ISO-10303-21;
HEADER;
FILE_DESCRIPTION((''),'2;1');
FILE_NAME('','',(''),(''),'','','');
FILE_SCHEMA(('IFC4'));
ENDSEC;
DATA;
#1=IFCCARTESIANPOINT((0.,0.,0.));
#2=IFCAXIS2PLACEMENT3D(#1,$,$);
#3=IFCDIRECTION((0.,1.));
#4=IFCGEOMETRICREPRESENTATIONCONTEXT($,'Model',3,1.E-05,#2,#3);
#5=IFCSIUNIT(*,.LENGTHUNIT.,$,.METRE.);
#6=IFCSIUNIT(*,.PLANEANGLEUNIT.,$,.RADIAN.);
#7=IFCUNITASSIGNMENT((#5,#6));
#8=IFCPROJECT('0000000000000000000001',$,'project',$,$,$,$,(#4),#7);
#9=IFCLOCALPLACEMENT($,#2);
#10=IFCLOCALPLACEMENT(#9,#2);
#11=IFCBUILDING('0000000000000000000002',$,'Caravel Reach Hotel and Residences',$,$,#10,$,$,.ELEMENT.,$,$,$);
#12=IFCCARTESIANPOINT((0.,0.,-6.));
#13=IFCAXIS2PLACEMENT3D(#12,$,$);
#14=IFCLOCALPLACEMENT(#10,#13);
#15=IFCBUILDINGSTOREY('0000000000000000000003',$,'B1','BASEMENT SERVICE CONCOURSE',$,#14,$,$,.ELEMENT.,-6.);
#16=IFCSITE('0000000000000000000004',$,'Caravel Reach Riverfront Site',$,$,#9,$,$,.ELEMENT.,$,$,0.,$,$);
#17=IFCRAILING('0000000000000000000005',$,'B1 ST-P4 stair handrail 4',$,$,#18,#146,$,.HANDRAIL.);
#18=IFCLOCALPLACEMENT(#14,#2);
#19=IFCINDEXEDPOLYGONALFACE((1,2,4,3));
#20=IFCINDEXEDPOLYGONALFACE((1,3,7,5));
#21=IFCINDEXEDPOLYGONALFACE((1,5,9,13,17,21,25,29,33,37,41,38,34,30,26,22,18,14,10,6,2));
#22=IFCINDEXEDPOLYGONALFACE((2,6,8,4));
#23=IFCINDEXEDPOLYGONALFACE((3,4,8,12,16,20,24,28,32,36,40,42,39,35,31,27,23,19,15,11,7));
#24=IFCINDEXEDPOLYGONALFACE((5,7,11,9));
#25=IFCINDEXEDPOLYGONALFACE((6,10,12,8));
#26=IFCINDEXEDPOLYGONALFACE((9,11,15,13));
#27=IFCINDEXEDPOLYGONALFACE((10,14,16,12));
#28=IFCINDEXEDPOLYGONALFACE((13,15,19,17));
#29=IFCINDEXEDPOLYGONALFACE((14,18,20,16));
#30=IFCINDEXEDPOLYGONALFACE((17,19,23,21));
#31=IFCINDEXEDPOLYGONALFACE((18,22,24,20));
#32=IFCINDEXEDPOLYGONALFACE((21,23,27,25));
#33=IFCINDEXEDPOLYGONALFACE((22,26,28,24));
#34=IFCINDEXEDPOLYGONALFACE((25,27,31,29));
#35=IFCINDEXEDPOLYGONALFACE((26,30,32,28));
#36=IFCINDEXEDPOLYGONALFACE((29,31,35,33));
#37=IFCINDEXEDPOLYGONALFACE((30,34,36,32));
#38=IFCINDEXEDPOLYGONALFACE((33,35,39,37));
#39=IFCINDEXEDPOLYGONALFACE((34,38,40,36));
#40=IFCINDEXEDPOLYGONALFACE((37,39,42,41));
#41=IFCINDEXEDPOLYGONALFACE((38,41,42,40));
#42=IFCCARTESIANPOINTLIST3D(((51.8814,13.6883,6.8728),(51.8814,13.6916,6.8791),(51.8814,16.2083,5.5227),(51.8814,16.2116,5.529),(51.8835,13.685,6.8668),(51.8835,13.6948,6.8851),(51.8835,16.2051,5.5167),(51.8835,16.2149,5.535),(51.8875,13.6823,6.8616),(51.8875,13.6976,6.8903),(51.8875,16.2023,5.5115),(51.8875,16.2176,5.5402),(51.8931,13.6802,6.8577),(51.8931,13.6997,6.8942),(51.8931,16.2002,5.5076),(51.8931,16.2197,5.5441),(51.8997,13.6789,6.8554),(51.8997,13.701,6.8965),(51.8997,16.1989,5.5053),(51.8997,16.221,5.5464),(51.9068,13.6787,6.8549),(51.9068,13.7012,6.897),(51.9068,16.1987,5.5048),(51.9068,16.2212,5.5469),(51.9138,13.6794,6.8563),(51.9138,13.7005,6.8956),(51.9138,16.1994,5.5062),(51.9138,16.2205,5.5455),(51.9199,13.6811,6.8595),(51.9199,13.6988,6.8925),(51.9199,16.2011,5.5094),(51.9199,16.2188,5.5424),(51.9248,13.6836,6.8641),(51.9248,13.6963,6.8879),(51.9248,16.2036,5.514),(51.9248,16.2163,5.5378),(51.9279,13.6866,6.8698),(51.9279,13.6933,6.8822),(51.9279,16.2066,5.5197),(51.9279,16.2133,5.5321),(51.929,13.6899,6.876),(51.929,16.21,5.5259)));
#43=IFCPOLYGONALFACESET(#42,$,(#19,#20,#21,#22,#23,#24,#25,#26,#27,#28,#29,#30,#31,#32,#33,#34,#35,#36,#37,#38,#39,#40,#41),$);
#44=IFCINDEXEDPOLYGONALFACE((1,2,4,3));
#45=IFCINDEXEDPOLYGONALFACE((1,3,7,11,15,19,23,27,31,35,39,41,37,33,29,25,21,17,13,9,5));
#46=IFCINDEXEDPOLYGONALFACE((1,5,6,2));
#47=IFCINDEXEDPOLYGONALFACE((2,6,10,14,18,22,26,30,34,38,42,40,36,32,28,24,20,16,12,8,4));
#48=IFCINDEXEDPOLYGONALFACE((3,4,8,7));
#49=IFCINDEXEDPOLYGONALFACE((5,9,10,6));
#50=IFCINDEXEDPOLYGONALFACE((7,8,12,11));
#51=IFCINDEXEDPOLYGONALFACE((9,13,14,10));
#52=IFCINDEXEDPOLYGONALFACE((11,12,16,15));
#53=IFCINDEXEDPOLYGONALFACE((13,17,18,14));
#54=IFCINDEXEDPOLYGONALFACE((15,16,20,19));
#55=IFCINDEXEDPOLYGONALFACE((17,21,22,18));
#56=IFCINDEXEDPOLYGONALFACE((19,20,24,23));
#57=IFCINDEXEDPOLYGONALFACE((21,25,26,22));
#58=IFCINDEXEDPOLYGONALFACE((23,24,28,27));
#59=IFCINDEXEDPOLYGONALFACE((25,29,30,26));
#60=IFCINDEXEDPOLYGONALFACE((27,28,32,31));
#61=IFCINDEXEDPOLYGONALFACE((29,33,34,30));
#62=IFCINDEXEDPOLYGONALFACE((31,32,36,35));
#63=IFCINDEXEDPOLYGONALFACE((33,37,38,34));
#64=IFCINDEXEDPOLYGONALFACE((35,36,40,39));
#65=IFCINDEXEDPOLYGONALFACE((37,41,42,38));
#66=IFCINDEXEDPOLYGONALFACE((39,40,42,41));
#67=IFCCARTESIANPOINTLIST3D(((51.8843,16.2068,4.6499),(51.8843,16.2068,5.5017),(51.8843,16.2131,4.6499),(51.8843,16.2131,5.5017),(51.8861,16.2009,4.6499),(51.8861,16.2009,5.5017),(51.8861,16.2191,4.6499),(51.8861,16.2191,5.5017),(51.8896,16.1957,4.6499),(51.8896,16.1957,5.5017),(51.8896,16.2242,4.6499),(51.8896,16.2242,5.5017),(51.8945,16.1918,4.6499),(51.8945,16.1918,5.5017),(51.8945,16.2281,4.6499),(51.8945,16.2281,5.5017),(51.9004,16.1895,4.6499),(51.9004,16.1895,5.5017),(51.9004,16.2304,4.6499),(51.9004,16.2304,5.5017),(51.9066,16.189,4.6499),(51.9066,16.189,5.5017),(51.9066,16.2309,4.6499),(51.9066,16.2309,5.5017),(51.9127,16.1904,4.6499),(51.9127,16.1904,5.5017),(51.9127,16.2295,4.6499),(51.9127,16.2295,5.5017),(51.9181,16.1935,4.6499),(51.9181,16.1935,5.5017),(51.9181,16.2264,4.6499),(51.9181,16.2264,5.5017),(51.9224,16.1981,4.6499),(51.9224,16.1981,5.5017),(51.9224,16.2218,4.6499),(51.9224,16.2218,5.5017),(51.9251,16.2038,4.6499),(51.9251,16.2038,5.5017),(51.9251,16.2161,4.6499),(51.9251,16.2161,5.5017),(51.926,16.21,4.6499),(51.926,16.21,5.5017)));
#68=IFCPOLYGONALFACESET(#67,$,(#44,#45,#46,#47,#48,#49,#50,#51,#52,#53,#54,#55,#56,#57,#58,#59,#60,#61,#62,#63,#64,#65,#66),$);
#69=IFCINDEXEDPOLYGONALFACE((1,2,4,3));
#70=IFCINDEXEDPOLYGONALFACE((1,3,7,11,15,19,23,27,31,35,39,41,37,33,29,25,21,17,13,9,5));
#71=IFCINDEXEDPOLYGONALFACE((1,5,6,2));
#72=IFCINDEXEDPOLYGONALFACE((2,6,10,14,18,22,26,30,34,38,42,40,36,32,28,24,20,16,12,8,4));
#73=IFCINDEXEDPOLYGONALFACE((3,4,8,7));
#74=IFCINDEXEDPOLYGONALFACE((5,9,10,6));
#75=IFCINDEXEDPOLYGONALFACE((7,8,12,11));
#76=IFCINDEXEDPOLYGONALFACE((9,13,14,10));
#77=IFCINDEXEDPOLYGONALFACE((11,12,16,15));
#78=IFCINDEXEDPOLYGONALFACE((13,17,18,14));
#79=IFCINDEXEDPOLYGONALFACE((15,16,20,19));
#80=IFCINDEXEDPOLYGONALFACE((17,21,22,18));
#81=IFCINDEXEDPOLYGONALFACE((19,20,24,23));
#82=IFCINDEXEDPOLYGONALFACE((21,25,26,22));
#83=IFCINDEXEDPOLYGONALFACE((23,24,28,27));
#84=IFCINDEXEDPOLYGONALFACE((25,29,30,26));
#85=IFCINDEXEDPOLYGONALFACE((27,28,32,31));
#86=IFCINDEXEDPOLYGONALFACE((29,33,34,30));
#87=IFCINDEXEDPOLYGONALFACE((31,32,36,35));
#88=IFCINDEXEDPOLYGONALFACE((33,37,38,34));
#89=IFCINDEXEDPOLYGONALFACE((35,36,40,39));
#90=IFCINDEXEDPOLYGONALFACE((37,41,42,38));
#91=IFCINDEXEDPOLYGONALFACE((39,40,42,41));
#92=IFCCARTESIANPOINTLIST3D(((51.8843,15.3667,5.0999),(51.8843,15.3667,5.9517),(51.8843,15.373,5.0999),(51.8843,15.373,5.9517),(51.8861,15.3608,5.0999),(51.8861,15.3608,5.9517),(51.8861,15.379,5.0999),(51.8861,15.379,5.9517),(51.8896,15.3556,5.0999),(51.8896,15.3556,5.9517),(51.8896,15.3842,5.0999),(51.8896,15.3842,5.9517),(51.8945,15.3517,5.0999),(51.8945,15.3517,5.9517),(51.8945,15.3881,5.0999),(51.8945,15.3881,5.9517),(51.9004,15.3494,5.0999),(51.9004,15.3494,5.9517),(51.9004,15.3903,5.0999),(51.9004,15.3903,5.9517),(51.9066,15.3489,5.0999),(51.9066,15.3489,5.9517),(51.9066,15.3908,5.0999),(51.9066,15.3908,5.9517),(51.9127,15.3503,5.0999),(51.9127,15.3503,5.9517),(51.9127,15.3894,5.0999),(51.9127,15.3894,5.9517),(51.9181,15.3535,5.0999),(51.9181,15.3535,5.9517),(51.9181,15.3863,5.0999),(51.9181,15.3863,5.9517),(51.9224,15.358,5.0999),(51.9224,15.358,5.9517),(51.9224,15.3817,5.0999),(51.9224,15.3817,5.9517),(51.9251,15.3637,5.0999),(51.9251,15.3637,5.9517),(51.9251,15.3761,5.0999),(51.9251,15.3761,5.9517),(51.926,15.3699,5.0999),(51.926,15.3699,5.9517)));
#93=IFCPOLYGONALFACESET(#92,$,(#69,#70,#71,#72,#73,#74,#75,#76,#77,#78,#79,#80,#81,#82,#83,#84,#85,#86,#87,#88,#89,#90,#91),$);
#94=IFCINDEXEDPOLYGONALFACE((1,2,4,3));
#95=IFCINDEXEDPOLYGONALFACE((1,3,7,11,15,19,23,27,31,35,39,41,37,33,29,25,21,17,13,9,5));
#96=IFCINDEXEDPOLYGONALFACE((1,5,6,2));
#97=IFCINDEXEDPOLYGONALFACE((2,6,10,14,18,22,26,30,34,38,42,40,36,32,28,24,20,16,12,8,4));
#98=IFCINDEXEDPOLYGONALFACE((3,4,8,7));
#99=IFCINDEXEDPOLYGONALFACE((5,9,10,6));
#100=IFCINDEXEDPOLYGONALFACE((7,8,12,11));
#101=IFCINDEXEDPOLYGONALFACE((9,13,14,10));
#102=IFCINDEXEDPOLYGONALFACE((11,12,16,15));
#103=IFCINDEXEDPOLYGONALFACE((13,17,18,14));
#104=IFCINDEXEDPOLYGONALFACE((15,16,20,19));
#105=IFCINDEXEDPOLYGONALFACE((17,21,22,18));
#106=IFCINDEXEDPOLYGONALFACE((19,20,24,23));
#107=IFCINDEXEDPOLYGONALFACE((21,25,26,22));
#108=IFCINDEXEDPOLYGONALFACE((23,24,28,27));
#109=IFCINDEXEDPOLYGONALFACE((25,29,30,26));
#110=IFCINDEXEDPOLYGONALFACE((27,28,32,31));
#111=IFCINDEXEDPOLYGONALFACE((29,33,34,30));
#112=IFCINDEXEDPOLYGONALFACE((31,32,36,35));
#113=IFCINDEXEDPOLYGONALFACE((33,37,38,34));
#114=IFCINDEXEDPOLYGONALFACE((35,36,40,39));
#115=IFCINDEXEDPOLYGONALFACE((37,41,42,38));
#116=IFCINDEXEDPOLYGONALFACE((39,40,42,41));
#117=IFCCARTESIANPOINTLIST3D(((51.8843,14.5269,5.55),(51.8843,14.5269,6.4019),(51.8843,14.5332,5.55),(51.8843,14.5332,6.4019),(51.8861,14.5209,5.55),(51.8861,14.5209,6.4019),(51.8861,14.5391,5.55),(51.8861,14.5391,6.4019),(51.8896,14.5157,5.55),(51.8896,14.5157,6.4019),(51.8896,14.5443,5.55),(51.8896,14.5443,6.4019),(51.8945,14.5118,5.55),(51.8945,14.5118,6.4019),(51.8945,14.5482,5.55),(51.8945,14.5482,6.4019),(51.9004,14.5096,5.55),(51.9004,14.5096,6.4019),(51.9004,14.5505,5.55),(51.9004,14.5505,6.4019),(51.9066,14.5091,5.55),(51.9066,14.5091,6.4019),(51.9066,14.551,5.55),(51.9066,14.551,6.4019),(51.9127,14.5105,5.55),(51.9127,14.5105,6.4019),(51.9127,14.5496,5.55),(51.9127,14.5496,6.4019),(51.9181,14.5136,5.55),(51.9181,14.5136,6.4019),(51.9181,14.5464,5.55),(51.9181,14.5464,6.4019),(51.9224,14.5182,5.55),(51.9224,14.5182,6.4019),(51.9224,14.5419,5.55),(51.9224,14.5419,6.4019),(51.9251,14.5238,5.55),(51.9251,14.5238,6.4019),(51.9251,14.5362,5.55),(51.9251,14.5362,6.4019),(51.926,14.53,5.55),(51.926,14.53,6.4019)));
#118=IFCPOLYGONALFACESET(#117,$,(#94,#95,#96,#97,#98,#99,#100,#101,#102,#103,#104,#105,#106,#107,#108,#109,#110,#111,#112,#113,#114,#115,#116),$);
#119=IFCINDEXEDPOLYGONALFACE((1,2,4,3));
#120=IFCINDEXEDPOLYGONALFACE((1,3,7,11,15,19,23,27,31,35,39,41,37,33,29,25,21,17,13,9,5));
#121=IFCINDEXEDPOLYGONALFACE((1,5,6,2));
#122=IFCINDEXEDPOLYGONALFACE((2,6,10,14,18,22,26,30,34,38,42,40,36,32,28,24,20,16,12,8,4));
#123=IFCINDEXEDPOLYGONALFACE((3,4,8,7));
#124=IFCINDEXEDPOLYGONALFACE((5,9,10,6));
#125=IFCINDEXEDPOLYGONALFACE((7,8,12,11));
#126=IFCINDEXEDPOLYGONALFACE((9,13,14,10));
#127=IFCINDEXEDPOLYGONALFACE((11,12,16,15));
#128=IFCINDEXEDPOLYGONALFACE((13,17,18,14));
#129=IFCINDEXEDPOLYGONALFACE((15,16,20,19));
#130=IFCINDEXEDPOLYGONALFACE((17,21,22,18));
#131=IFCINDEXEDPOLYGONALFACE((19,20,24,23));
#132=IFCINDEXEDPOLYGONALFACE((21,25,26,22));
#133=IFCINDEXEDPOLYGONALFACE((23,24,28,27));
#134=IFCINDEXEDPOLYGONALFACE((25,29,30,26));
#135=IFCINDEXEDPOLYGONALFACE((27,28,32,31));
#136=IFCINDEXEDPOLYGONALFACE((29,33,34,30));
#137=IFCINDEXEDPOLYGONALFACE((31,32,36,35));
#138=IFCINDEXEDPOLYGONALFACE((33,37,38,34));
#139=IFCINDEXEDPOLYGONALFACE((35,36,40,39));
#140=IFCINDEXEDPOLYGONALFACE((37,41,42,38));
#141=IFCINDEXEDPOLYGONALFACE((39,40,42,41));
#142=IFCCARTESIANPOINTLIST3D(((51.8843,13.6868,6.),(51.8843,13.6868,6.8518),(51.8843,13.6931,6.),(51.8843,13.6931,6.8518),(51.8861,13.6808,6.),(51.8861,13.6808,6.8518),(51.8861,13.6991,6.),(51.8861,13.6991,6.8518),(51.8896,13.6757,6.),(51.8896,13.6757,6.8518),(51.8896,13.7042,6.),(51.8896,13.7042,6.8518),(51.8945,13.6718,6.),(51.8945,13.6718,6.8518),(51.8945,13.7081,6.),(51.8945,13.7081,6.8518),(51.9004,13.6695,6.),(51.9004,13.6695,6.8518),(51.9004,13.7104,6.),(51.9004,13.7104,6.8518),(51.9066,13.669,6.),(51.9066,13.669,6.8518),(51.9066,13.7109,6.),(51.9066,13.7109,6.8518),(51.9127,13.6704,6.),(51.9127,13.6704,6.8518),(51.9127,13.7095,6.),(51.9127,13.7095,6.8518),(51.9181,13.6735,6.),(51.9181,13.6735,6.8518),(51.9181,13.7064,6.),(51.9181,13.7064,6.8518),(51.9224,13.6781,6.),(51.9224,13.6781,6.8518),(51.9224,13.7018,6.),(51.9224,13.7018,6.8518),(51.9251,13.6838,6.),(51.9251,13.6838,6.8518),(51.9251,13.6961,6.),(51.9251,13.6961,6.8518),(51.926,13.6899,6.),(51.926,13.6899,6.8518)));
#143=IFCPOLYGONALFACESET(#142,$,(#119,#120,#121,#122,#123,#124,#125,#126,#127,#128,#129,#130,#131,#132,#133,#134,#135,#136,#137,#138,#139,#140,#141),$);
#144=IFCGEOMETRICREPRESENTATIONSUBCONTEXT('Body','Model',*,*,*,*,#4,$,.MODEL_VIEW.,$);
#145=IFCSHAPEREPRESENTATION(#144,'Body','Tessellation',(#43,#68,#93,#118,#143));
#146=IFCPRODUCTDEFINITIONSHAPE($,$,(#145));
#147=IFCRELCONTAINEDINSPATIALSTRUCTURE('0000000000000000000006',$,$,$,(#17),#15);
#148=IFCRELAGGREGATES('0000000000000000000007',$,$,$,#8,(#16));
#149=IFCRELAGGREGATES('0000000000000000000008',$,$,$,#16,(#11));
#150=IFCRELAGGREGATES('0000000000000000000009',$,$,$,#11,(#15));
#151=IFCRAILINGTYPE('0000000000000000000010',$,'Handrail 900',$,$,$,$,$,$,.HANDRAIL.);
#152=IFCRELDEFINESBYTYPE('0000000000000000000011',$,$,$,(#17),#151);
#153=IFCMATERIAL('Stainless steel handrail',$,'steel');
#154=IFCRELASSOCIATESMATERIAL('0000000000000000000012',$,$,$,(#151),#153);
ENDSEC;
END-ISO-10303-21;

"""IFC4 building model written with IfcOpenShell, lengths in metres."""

from ifc_helpers import new_model, si_unit, direction, frame, origin, origin_2d, place, context, subcontext, project, spatial, circle, extrude, material, type_object, element, save


model = new_model("IFC4")

# Units and contexts
model_context = context("Model", 3, precision=1e-05, world=origin(), true_north=direction((0.0, 1.0)))
body_context = subcontext(model_context, "Body", "Model", "MODEL_VIEW")
ifc_project = project(units=[si_unit("LENGTHUNIT", "METRE"), si_unit("PLANEANGLEUNIT", "RADIAN")], contexts=[model_context])

# Site, building, storey
site_placement = place(None, origin())
site = spatial("IfcSite", under=ifc_project, at=site_placement, Name="Caravel Reach Riverfront Site", CompositionType="ELEMENT", RefElevation=0.0)
building_placement = place(site_placement, origin())
building = spatial("IfcBuilding", under=site, at=building_placement, Name="Caravel Reach Hotel and Residences", CompositionType="ELEMENT")
storey_placement = place(building_placement, frame((0.0, 0.0, -6.0)))
storey = spatial("IfcBuildingStorey", under=building, at=storey_placement, Name="B1", Description="BASEMENT SERVICE CONCOURSE", CompositionType="ELEMENT", Elevation=-6.0)

# Railing
ifc_material_1 = material(Name="Stainless steel handrail", Category="steel")
railing_type_1 = type_object("IfcRailingType", Name="Handrail 900", PredefinedType="HANDRAIL", material=ifc_material_1)
railing_1_placement = place(storey_placement, frame((51.905, 16.21, 4.6499)))
element("IfcRailing", 1, at=railing_1_placement, inside=storey, type_object=railing_type_1, Name="B1 ST-P4 stair handrail 4", PredefinedType="HANDRAIL", context=body_context, shape_type="SweptSolid", body=[
    extrude(circle(Radius=0.0239, at=origin_2d()), frame((0.0, 0.0, 0.876), z_axis=(0.0, -0.881467, 0.472245), x_axis=(1.0, 0.0, 0.0)), (0.0, 0.0, 1.0), 2.8589),
    extrude(circle(Radius=0.021, at=origin_2d()), origin(), (0.0, 0.0, 1.0), 0.8518),
    extrude(circle(Radius=0.021, at=origin_2d()), frame((0.0, -0.8401, 0.45)), (0.0, 0.0, 1.0), 0.8518),
    extrude(circle(Radius=0.021, at=origin_2d()), frame((0.0, -1.6799, 0.9001)), (0.0, 0.0, 1.0), 0.8518),
    extrude(circle(Radius=0.021, at=origin_2d()), frame((0.0, -2.52, 1.3501)), (0.0, 0.0, 1.0), 0.8518),
])

save(model, "model.ifc")
